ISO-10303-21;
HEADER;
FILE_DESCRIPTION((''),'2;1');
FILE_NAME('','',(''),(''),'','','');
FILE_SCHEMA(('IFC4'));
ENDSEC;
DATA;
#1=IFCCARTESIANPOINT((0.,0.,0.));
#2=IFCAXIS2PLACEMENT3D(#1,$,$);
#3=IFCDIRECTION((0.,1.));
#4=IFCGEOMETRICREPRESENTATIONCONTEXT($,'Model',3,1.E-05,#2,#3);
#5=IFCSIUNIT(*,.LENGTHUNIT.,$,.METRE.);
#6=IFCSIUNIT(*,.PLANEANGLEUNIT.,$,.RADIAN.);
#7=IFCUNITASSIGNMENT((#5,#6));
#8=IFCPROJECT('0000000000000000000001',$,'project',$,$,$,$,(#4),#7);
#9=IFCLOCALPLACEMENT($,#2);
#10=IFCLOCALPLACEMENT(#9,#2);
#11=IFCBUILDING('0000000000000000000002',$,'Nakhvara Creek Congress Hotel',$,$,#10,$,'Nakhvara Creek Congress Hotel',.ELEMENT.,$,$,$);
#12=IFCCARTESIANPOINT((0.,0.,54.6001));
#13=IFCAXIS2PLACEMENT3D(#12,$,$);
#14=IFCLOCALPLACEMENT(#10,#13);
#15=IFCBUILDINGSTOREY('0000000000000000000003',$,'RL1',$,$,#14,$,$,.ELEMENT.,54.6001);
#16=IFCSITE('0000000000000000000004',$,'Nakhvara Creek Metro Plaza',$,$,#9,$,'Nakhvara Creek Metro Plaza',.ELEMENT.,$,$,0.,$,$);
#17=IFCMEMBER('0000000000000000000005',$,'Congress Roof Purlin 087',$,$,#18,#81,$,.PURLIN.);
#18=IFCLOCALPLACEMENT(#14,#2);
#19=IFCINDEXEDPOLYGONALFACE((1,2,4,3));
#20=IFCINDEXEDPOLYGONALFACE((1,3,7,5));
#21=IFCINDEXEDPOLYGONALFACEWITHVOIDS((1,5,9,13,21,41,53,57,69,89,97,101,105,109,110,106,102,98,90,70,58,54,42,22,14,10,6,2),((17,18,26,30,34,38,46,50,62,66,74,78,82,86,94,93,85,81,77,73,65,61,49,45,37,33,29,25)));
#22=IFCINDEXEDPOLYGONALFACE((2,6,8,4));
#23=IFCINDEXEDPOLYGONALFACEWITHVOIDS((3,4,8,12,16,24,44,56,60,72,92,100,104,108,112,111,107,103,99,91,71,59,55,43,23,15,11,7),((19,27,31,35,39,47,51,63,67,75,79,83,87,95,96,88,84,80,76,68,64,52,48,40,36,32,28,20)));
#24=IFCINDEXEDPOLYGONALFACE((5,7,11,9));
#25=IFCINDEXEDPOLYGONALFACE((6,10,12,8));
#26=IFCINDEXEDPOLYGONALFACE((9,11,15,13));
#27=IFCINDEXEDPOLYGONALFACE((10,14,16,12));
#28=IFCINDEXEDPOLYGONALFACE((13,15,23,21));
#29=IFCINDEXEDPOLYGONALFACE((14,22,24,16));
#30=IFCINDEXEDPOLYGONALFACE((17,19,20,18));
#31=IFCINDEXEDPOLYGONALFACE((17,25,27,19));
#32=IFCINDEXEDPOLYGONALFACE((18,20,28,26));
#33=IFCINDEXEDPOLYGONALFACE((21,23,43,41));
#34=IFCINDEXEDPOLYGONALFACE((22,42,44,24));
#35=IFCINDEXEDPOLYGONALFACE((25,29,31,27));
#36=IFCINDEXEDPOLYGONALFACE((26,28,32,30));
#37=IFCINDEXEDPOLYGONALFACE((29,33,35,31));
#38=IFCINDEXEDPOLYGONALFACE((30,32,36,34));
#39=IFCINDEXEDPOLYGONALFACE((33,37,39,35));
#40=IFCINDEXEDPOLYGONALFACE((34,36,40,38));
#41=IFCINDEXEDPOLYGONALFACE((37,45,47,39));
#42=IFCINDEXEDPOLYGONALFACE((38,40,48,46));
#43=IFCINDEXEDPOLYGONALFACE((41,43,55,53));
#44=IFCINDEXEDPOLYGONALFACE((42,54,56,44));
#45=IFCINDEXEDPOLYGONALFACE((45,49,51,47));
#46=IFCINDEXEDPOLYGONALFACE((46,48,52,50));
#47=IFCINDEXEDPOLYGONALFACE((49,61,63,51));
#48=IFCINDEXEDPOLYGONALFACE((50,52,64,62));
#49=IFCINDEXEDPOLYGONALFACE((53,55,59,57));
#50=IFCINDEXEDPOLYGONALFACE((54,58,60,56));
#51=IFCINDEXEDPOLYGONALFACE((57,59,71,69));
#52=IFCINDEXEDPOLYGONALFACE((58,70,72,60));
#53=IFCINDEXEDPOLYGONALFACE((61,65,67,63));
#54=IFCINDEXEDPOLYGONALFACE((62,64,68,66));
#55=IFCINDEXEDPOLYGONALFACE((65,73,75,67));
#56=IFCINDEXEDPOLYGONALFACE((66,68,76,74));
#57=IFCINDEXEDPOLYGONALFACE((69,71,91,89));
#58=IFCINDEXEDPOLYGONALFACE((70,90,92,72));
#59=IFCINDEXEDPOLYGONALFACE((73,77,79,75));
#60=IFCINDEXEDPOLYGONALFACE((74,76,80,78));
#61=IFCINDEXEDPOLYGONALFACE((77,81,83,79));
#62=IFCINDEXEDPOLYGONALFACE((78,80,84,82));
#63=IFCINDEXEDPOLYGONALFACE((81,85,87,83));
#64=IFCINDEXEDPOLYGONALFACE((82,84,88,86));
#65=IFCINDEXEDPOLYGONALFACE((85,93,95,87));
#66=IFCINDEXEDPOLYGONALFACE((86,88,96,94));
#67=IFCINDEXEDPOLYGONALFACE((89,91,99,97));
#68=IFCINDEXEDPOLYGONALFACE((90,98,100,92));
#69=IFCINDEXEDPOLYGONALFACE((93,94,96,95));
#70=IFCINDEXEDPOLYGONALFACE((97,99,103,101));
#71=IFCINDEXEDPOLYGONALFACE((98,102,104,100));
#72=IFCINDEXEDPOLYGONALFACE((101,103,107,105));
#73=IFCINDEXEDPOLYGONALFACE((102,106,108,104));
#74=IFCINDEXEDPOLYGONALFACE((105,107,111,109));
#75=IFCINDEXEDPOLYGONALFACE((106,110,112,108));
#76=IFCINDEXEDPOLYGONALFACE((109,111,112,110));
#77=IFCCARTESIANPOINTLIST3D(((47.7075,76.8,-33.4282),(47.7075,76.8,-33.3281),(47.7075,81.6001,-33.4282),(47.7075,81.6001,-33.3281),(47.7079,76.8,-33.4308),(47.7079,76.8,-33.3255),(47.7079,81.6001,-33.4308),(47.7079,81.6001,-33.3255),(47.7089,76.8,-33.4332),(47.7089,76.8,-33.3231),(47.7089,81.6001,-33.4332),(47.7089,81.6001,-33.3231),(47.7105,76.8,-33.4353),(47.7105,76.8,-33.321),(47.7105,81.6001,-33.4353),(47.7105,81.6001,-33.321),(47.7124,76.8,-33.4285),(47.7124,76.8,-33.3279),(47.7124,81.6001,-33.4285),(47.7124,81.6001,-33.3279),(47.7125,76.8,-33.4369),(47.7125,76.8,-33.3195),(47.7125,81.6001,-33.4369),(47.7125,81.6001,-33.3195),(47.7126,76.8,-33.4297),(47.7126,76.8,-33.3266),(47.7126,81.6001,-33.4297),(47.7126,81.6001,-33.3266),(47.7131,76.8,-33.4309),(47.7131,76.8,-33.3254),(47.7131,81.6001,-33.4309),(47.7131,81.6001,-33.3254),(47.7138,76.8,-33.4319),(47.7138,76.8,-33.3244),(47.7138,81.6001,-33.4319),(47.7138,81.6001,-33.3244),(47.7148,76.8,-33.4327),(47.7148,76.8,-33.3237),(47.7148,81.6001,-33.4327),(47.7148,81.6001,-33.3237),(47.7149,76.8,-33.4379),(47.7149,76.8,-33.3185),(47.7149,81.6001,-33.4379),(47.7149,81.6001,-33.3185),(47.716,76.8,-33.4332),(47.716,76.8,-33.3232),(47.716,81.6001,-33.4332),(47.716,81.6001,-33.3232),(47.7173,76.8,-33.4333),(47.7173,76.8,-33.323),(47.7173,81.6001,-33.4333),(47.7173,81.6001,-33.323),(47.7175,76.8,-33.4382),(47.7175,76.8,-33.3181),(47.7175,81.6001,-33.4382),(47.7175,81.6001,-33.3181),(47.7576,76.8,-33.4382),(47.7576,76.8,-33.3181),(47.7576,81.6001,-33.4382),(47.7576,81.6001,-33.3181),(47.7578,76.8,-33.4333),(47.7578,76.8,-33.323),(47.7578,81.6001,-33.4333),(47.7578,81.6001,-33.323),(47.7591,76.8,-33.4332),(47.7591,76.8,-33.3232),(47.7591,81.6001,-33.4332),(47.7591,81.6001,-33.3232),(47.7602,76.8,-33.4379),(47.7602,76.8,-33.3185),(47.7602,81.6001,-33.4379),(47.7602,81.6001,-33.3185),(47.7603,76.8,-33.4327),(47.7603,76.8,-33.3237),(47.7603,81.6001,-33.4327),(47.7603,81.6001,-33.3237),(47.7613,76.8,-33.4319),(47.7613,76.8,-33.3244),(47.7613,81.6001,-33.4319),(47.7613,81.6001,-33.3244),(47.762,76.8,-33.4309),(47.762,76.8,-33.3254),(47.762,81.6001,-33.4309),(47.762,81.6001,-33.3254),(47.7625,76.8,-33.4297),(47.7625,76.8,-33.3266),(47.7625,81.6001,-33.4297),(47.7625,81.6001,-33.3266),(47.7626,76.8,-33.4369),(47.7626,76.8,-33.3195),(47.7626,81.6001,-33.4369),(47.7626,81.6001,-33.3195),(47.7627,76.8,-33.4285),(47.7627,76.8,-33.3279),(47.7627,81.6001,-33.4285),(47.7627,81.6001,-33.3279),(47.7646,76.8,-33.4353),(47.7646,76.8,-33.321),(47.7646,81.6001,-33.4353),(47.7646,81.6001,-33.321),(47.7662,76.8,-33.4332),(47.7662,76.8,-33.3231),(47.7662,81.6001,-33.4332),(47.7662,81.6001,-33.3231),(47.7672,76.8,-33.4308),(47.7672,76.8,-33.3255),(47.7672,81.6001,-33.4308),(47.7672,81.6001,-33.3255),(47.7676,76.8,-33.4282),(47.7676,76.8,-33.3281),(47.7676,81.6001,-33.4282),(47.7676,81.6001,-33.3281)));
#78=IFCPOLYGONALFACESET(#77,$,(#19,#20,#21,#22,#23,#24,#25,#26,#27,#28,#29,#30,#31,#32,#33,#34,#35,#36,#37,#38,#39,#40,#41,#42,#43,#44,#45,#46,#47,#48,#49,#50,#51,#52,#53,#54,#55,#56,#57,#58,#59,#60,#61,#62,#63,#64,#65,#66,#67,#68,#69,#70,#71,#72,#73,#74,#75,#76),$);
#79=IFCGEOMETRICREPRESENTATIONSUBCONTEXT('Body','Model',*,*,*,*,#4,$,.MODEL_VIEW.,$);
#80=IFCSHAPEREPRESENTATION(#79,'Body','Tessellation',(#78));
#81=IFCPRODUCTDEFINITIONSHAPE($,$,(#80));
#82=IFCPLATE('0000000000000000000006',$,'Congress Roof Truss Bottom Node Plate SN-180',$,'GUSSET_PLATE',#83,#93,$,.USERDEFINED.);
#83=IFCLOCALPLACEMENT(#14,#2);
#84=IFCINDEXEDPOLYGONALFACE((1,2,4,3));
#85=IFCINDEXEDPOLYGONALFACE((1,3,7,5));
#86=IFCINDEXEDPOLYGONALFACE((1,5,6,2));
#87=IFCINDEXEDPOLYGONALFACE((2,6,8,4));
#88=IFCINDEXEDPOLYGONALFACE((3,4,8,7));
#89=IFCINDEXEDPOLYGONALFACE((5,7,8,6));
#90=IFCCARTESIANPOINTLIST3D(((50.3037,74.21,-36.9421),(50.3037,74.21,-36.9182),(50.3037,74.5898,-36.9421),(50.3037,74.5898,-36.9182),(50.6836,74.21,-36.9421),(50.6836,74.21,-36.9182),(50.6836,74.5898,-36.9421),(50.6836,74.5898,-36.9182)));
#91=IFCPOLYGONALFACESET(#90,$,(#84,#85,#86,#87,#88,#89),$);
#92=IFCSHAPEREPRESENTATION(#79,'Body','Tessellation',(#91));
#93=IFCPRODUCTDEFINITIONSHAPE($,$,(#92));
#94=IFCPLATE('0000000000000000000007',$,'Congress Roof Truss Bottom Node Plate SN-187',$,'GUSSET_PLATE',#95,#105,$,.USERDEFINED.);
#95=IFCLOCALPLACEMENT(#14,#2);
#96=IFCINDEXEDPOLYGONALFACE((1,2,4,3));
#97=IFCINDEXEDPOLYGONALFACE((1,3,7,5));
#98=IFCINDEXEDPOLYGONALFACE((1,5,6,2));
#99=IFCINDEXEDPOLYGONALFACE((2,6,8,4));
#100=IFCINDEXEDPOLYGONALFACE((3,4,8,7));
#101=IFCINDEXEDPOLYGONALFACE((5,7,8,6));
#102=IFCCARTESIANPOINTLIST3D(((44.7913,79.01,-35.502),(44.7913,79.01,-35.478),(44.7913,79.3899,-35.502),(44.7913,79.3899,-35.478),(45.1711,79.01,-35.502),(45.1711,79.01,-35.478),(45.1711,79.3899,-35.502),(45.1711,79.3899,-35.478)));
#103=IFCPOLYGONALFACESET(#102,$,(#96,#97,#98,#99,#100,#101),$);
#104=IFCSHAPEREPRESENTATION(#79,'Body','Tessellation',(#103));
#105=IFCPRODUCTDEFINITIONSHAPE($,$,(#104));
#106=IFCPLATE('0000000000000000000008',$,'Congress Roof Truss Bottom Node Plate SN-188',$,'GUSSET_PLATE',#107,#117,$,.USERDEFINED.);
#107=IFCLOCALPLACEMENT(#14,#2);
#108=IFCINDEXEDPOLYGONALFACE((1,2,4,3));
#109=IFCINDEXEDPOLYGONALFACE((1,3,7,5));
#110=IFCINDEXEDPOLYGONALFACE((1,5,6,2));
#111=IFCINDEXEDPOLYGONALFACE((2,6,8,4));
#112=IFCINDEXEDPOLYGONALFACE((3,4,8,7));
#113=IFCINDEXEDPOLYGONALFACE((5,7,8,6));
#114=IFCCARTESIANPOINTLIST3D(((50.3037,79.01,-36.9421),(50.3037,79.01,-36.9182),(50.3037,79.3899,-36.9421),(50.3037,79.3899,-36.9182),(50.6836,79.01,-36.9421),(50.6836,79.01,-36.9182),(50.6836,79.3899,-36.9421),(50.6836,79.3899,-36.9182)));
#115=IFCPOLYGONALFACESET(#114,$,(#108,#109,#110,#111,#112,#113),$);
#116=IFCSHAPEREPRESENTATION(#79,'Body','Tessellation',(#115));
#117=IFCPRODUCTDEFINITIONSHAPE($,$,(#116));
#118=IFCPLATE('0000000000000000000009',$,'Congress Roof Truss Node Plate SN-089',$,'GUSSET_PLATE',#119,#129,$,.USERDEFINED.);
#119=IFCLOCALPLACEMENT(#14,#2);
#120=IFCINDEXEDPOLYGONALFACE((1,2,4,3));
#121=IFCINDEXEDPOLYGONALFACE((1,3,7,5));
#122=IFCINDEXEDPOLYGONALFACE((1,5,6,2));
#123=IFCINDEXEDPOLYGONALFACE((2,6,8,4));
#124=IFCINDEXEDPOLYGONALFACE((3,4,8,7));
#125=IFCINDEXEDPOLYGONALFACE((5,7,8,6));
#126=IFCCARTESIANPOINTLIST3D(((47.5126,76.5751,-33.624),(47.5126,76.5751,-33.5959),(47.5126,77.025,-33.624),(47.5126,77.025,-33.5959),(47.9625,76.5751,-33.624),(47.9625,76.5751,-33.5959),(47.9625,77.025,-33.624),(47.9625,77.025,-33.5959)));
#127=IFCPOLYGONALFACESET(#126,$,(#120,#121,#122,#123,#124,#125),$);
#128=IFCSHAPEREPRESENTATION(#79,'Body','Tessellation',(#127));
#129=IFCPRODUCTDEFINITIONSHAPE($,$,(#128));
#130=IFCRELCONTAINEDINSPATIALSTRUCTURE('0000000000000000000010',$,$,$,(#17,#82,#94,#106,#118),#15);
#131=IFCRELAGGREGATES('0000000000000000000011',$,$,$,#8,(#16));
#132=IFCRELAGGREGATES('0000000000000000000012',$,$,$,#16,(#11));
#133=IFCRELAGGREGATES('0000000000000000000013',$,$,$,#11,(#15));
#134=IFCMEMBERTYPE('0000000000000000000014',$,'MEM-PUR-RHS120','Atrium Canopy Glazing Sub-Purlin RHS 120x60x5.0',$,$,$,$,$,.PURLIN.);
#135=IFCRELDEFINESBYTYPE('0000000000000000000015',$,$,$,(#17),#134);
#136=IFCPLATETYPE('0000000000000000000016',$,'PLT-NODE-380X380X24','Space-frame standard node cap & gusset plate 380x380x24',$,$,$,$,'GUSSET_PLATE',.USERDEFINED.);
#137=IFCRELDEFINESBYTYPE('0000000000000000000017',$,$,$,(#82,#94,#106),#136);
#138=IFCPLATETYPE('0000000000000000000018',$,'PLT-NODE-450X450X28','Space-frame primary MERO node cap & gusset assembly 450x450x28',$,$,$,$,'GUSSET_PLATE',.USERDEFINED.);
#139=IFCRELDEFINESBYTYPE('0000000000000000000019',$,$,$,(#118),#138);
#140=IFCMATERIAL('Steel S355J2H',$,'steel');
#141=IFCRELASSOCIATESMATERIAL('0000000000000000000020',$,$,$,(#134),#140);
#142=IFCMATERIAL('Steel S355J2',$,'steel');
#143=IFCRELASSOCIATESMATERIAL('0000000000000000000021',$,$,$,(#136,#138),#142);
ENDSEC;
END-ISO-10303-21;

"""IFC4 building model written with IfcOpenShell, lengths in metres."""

from ifc_helpers import new_model, si_unit, direction, frame, origin, origin_2d, place, context, subcontext, project, spatial, rectangle, hollow_rectangle, extrude, material, material_profile, profile_set, type_object, element, save


model = new_model("IFC4")

# Units and contexts
model_context = context("Model", 3, precision=1e-05, world=origin(), true_north=direction((0.0, 1.0)))
body_context = subcontext(model_context, "Body", "Model", "MODEL_VIEW")
ifc_project = project(units=[si_unit("LENGTHUNIT", "METRE"), si_unit("PLANEANGLEUNIT", "RADIAN")], contexts=[model_context])

# Site, building, storey
site_placement = place(None, origin())
site = spatial("IfcSite", under=ifc_project, at=site_placement, Name="Nakhvara Creek Metro Plaza", LongName="Nakhvara Creek Metro Plaza", CompositionType="ELEMENT", RefElevation=0.0)
building_placement = place(site_placement, origin())
building = spatial("IfcBuilding", under=site, at=building_placement, Name="Nakhvara Creek Congress Hotel", LongName="Nakhvara Creek Congress Hotel", CompositionType="ELEMENT")
storey_placement = place(building_placement, frame((0.0, 0.0, 54.6001)))
storey = spatial("IfcBuildingStorey", under=building, at=storey_placement, Name="RL1", CompositionType="ELEMENT", Elevation=54.6001)

# Member
ifc_material_1 = material(Name="Steel S355J2H", Category="steel")
ifc_material_profile_1 = material_profile(ifc_material_1, hollow_rectangle(XDim=0.0601, YDim=0.1201, WallThickness=0.0049, InnerFilletRadius=0.0049, OuterFilletRadius=0.01, at=origin_2d()), Name="RHS 120x60x5.0", Category="LoadBearing")
ifc_profile_set_1 = profile_set([ifc_material_profile_1], Name="Steel S355J2H")
member_type_1 = type_object("IfcMemberType", Name="MEM-PUR-RHS120", Description="Atrium Canopy Glazing Sub-Purlin RHS 120x60x5.0", PredefinedType="PURLIN", material=ifc_profile_set_1)
member_1_placement = place(storey_placement, frame((47.7375, 76.8, -33.3782), z_axis=(0.0, 1.0, 0.0), x_axis=(-1.0, 0.0, 0.0)))
element("IfcMember", 1, at=member_1_placement, inside=storey, type_object=member_type_1, Name="Congress Roof Purlin 087", PredefinedType="PURLIN", context=body_context, shape_type="SweptSolid", body=[
    extrude(hollow_rectangle(XDim=0.0601, YDim=0.1201, WallThickness=0.0049, InnerFilletRadius=0.0049, OuterFilletRadius=0.01, at=origin_2d()), origin(), (0.0, 0.0, 1.0), 4.8),
])

# Plates
ifc_material_2 = material(Name="Steel S355J2", Category="steel")
plate_type_1 = type_object("IfcPlateType", Name="PLT-NODE-380X380X24", Description="Space-frame standard node cap & gusset plate 380x380x24", ElementType="GUSSET_PLATE", PredefinedType="USERDEFINED", material=ifc_material_2)
for number, where, z_axis, x_axis, name in (
    (2, (50.4937, 74.3999, -36.9421), (0.0, 0.0, 1.0), (1.0, 0.0, 0.0), "Congress Roof Truss Bottom Node Plate SN-180"),
    (3, (44.9812, 79.2, -35.502), (0.0, 0.0, 1.0), (1.0, 0.0, 0.0), "Congress Roof Truss Bottom Node Plate SN-187"),
    (4, (50.4937, 79.2, -36.9421), (0.0, 0.0, 1.0), (1.0, 0.0, 0.0), "Congress Roof Truss Bottom Node Plate SN-188"),
):
    element("IfcPlate", number, at=place(storey_placement, frame(where, z_axis=z_axis, x_axis=x_axis)), inside=storey, type_object=plate_type_1, Name=name, ObjectType="GUSSET_PLATE", PredefinedType="USERDEFINED", context=body_context, shape_type="SweptSolid", body=[
        extrude(rectangle(XDim=0.3799, YDim=0.3799, at=origin_2d()), origin(), (0.0, 0.0, 1.0), 0.0239),
    ])
plate_type_2 = type_object("IfcPlateType", Name="PLT-NODE-450X450X28", Description="Space-frame primary MERO node cap & gusset assembly 450x450x28", ElementType="GUSSET_PLATE", PredefinedType="USERDEFINED", material=ifc_material_2)
plate_placement = place(storey_placement, frame((47.7375, 76.8, -33.624), z_axis=(0.0, 0.0, 1.0), x_axis=(1.0, 0.0, 0.0)))
element("IfcPlate", 5, at=plate_placement, inside=storey, type_object=plate_type_2, Name="Congress Roof Truss Node Plate SN-089", ObjectType="GUSSET_PLATE", PredefinedType="USERDEFINED", context=body_context, shape_type="SweptSolid", body=[
    extrude(rectangle(XDim=0.45, YDim=0.45, at=origin_2d()), origin(), (0.0, 0.0, 1.0), 0.0281),
])

save(model, "model.ifc")
